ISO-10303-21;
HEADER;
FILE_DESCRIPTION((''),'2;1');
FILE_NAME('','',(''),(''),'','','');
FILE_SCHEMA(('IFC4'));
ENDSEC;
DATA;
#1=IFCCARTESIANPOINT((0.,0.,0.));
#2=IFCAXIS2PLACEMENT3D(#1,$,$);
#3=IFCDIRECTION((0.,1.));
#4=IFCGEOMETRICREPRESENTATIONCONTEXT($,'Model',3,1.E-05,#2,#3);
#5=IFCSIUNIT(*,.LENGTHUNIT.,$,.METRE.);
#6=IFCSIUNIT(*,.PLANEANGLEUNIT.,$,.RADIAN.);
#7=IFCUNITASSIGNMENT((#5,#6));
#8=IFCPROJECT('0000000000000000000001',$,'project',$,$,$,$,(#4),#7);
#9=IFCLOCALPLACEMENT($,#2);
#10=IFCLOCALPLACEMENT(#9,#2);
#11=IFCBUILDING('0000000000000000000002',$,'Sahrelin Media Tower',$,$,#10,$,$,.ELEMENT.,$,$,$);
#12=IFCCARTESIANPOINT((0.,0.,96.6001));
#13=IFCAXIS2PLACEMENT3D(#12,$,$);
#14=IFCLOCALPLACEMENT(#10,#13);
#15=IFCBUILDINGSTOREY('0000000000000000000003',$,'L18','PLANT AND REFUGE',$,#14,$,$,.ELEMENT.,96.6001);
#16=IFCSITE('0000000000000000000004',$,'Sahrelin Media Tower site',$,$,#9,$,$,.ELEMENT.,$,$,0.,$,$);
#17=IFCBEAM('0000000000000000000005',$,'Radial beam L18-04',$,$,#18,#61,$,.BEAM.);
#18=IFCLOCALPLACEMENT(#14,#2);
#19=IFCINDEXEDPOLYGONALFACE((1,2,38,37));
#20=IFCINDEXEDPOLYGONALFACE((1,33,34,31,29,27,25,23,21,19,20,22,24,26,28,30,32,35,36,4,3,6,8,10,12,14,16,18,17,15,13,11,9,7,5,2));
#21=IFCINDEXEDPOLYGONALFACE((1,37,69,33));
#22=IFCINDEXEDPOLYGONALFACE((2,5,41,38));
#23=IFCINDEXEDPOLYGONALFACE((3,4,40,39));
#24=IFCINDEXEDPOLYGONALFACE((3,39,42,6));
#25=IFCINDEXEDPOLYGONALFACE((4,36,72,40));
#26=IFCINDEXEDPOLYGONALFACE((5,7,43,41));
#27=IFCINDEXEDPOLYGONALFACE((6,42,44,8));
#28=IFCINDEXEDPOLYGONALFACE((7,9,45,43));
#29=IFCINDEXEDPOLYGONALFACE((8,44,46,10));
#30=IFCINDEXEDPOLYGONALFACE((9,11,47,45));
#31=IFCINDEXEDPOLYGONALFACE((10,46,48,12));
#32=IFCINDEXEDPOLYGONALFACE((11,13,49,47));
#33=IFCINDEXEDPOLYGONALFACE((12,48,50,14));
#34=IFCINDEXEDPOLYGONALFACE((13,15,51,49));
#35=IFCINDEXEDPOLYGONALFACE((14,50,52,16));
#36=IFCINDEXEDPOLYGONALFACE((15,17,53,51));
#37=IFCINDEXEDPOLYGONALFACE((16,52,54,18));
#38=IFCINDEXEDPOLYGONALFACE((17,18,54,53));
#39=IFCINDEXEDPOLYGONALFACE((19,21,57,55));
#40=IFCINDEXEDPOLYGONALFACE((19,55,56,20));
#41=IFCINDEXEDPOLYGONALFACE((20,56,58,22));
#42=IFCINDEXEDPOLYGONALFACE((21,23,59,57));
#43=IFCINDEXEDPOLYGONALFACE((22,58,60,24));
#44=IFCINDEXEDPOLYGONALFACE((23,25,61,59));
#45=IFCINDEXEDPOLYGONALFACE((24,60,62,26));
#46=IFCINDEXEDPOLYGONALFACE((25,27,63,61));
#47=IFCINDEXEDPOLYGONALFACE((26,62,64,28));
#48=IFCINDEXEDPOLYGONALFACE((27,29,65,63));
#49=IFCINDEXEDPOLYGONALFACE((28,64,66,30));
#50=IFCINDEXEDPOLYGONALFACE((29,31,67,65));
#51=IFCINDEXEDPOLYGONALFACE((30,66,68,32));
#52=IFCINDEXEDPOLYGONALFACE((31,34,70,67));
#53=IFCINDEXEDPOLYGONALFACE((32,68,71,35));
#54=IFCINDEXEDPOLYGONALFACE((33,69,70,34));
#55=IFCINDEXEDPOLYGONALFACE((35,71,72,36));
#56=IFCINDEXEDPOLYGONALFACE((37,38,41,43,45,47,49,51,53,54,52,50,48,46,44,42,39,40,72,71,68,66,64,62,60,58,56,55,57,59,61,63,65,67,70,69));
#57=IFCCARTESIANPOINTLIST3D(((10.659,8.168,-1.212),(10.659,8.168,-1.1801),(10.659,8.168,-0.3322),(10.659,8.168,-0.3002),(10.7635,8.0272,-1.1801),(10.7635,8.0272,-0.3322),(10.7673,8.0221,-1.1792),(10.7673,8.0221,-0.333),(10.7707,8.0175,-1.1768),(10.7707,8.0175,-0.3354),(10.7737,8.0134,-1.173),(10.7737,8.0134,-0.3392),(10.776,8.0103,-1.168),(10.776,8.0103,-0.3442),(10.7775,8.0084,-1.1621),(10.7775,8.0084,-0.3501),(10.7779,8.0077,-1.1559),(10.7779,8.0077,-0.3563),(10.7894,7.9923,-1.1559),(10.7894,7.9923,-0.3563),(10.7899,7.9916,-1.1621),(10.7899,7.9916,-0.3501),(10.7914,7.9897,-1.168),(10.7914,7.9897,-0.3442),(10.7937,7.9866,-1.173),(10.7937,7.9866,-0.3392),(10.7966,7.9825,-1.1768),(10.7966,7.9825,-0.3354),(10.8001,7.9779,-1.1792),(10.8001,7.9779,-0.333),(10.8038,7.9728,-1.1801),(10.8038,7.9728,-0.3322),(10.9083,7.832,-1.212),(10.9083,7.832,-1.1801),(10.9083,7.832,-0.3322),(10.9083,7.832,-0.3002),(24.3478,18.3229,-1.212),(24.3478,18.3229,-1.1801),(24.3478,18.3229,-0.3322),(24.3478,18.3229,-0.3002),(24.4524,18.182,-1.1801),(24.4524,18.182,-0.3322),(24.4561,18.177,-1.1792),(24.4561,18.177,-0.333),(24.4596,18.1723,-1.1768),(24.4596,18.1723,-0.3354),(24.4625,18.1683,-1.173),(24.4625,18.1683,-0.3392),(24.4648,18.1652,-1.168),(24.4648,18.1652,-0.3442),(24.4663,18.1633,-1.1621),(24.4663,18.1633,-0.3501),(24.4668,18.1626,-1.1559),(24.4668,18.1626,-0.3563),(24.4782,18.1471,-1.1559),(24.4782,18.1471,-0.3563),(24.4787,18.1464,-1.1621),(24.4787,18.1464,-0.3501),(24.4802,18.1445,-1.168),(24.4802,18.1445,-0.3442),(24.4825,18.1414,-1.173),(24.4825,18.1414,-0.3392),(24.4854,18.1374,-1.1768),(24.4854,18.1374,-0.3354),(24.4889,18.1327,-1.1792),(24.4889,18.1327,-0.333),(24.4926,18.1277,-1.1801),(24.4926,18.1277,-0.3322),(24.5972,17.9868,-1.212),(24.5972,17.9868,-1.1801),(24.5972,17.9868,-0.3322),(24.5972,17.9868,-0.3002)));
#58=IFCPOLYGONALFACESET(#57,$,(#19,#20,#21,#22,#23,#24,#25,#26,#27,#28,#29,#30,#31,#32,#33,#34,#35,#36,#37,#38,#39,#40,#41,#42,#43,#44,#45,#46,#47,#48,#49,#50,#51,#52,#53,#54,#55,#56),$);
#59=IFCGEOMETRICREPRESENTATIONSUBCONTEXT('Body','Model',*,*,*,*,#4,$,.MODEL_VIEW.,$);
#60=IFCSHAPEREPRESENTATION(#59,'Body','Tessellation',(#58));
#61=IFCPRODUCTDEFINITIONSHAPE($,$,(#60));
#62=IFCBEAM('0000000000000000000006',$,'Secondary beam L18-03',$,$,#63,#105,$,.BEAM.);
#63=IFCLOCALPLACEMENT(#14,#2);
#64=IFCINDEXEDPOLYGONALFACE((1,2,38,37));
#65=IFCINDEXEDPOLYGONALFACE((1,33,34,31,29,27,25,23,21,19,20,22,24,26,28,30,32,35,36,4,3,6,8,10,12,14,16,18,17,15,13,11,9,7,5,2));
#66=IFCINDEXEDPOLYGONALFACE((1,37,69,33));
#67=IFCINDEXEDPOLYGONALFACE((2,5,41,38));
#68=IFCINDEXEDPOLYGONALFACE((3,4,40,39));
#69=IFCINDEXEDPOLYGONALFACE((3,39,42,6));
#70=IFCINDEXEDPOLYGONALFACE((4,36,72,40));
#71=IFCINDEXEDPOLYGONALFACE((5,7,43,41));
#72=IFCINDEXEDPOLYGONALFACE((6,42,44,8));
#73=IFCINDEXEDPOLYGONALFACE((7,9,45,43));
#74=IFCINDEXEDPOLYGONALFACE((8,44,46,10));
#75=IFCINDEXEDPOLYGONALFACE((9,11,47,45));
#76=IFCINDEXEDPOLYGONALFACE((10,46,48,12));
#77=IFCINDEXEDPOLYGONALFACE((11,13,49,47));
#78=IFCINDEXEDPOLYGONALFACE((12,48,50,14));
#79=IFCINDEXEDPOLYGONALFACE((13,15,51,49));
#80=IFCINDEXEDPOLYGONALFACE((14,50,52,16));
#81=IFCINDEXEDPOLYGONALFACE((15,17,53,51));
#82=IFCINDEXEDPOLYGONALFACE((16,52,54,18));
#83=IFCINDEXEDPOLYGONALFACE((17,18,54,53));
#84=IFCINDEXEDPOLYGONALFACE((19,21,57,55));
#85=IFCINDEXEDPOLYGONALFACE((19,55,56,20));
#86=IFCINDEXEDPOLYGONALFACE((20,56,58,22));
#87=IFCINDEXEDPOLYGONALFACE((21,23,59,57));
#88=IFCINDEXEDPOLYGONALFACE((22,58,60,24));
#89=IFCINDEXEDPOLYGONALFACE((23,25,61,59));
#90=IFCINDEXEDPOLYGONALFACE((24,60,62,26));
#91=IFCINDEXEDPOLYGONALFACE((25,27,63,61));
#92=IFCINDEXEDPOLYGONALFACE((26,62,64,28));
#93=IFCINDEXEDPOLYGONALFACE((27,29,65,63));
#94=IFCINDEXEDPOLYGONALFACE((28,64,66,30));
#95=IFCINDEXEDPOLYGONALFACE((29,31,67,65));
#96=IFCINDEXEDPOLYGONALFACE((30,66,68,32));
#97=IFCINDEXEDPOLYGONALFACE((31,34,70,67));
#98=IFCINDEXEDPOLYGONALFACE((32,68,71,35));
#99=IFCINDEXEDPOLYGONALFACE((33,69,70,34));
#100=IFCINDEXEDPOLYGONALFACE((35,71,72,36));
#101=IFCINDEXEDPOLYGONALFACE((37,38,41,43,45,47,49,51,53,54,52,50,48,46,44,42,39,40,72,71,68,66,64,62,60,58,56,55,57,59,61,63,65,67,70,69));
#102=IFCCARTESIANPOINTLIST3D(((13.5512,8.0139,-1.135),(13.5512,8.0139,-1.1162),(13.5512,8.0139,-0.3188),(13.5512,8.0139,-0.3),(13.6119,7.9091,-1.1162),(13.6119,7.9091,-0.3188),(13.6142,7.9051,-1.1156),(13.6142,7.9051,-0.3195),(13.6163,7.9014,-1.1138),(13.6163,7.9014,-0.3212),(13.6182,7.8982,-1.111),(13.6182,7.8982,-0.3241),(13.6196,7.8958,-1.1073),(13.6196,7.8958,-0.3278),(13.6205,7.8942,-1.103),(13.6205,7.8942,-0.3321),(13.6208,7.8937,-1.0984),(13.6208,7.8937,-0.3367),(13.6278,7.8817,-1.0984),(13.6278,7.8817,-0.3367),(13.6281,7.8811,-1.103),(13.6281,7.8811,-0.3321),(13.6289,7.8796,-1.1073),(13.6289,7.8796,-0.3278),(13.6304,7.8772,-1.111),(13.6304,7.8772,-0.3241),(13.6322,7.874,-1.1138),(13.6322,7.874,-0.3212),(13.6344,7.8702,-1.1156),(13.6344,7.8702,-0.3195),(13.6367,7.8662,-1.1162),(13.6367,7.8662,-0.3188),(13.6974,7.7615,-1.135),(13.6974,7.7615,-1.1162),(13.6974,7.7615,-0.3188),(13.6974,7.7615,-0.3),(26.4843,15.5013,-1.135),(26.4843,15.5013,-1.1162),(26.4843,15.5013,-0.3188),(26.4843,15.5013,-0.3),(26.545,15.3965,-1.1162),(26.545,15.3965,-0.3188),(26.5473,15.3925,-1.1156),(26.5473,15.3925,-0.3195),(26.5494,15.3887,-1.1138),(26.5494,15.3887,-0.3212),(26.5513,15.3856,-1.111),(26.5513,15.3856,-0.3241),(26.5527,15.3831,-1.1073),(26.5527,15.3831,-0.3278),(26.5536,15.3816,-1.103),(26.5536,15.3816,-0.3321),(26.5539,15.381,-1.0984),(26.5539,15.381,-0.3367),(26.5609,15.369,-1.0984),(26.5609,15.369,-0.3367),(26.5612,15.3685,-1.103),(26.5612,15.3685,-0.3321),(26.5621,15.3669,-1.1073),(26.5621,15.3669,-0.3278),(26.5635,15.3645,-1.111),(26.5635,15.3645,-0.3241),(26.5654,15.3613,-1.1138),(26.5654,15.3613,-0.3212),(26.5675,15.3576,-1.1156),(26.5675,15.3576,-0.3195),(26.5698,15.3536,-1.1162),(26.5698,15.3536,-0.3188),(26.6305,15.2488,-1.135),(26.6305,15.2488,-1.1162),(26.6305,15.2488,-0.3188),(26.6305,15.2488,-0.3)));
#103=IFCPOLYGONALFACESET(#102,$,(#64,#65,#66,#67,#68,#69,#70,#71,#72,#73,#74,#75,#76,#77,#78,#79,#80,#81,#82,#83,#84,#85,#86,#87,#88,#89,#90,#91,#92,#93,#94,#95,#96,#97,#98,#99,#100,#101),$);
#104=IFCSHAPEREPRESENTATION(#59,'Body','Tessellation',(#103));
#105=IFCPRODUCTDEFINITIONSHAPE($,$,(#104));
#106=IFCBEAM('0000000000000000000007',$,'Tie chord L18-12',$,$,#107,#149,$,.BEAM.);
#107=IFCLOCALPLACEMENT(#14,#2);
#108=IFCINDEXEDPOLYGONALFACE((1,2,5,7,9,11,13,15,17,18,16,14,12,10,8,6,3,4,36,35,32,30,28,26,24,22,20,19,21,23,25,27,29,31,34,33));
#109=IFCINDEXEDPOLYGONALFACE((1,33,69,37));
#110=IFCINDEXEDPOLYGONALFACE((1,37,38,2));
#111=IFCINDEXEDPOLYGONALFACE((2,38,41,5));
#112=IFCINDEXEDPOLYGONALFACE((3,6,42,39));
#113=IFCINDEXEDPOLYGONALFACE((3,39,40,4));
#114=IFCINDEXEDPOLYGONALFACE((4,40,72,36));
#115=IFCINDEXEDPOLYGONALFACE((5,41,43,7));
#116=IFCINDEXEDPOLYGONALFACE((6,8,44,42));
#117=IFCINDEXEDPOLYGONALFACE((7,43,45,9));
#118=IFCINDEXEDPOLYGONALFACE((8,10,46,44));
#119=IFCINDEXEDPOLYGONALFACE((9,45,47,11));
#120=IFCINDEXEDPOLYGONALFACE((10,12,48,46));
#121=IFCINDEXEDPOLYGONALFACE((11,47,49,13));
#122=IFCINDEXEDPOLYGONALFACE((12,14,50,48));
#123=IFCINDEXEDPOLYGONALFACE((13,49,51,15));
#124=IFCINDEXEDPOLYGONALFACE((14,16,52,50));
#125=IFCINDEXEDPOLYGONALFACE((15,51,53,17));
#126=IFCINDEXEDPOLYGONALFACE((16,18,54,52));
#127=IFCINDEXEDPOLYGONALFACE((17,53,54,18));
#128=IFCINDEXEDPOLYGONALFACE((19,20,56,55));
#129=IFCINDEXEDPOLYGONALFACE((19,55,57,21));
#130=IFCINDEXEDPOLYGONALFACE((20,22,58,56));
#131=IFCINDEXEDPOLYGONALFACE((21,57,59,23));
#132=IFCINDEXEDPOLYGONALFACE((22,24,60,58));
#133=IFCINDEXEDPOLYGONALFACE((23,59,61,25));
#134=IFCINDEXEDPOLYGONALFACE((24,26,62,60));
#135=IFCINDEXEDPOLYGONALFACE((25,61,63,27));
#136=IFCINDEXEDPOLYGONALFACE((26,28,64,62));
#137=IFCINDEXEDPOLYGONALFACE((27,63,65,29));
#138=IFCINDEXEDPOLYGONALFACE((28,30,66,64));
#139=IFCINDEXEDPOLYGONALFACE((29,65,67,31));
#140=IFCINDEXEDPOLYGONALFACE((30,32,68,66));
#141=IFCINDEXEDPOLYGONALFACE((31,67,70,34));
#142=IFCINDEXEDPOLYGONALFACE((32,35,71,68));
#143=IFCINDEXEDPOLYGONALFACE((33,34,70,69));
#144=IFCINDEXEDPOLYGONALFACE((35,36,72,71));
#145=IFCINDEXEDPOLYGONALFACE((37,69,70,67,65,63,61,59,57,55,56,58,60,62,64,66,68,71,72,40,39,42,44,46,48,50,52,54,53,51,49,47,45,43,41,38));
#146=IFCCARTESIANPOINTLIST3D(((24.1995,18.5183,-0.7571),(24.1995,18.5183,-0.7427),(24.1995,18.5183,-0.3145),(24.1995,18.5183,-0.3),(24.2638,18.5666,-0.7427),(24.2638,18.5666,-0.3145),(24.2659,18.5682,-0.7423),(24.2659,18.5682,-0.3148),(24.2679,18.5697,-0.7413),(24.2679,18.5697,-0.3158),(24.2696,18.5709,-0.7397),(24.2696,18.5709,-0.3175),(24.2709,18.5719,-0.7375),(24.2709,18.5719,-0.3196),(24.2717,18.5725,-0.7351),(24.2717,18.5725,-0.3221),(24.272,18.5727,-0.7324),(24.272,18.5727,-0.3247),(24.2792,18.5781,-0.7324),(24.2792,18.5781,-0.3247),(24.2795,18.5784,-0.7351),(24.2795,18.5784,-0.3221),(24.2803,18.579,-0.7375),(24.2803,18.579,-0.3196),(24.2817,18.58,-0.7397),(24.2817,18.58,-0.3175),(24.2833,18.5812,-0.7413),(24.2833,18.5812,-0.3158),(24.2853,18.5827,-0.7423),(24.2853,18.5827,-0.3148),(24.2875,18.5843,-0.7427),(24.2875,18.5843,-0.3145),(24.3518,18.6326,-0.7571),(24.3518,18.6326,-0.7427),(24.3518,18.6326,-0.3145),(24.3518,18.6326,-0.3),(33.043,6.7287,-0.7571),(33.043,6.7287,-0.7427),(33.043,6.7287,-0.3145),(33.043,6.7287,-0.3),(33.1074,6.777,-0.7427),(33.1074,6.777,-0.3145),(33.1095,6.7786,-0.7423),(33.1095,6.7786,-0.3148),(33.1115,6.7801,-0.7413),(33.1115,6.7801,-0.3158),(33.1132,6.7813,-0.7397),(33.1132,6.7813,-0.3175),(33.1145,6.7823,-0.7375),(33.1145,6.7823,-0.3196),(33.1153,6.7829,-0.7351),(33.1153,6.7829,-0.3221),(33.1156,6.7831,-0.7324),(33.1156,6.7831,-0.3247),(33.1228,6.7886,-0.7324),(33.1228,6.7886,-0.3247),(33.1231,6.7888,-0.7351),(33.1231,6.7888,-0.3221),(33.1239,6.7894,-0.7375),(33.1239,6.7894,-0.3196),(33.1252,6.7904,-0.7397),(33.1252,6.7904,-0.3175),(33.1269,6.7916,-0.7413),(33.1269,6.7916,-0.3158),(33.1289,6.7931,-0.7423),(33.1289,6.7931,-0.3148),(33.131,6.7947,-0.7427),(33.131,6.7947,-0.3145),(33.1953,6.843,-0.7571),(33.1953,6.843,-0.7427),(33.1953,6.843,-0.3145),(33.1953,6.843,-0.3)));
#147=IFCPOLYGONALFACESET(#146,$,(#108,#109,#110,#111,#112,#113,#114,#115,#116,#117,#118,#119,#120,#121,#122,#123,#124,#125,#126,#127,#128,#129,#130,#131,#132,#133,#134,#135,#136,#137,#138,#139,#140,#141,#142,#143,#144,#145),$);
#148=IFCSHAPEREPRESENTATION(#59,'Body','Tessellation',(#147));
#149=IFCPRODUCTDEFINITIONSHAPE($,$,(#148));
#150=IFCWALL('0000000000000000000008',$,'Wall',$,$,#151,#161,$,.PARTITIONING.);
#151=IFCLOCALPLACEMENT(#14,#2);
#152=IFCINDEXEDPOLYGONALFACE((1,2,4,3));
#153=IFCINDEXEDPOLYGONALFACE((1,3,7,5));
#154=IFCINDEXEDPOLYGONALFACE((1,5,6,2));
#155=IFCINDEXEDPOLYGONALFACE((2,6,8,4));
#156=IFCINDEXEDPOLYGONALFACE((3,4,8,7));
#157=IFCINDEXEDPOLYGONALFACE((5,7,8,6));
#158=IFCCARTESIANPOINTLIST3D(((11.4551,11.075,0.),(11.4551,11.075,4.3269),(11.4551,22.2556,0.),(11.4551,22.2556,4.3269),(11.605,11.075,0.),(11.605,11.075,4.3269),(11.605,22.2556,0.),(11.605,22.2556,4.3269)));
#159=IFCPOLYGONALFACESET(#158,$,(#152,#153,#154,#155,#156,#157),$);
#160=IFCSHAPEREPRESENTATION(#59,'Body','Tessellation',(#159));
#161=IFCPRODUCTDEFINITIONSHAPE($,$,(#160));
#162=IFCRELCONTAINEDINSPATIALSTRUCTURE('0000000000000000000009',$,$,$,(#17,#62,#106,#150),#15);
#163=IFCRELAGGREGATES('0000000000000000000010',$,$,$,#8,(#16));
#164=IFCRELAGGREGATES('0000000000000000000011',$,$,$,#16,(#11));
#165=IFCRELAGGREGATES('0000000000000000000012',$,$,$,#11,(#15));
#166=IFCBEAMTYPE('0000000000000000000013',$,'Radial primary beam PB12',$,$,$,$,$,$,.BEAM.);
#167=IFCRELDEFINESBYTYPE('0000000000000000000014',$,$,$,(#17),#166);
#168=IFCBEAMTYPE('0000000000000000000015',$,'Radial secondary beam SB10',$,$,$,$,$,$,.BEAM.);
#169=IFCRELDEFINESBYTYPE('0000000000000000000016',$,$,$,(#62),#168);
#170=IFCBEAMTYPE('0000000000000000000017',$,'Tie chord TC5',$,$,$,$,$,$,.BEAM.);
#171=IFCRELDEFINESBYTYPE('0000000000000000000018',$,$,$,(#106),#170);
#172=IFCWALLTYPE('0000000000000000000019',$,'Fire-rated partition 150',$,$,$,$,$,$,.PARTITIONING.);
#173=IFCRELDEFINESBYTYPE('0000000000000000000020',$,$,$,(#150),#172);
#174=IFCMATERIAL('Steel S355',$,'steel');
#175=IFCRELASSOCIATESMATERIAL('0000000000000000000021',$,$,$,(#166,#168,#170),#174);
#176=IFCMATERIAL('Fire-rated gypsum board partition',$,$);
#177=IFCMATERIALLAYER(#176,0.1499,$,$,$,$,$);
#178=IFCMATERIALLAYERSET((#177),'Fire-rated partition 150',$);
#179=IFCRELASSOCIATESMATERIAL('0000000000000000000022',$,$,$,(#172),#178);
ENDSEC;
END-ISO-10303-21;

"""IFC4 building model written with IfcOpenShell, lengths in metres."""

from ifc_helpers import new_model, si_unit, direction, frame, frame_2d, origin, origin_2d, place, context, subcontext, project, spatial, rectangle, i_section, extrude, material, layer, layer_set, material_profile, profile_set, type_object, element, save


model = new_model("IFC4")

# Units and contexts
model_context = context("Model", 3, precision=1e-05, world=origin(), true_north=direction((0.0, 1.0)))
body_context = subcontext(model_context, "Body", "Model", "MODEL_VIEW")
ifc_project = project(units=[si_unit("LENGTHUNIT", "METRE"), si_unit("PLANEANGLEUNIT", "RADIAN")], contexts=[model_context])

# Site, building, storey
site_placement = place(None, origin())
site = spatial("IfcSite", under=ifc_project, at=site_placement, Name="Sahrelin Media Tower site", CompositionType="ELEMENT", RefElevation=0.0)
building_placement = place(site_placement, origin())
building = spatial("IfcBuilding", under=site, at=building_placement, Name="Sahrelin Media Tower", CompositionType="ELEMENT")
storey_placement = place(building_placement, frame((0.0, 0.0, 96.6001)))
storey = spatial("IfcBuildingStorey", under=building, at=storey_placement, Name="L18", Description="PLANT AND REFUGE", CompositionType="ELEMENT", Elevation=96.6001)

# Beams
ifc_material_1 = material(Name="Steel S355", Category="steel")
ifc_material_profile_1 = material_profile(ifc_material_1, i_section(OverallWidth=0.4185, OverallDepth=0.9119, WebThickness=0.0193, FlangeThickness=0.032, FilletRadius=0.0242, at=origin_2d()), Name="UB 914x419x343")
ifc_profile_set_1 = profile_set([ifc_material_profile_1], Name="Steel S355")
beam_type_1 = type_object("IfcBeamType", Name="Radial primary beam PB12", PredefinedType="BEAM", material=ifc_profile_set_1)
beam_1_placement = place(storey_placement, frame((10.7837, 8.0, -0.7561), z_axis=(0.803136, 0.595795, 0.0), x_axis=(-0.595795, 0.803136, 0.0)))
element("IfcBeam", 1, at=beam_1_placement, inside=storey, type_object=beam_type_1, Name="Radial beam L18-04", PredefinedType="BEAM", context=body_context, shape_type="SweptSolid", body=[
    extrude(i_section(OverallWidth=0.4185, OverallDepth=0.9119, WebThickness=0.0193, FlangeThickness=0.032, FilletRadius=0.0242, at=origin_2d()), origin(), (0.0, 0.0, 1.0), 17.0442),
])
ifc_material_profile_2 = material_profile(ifc_material_1, i_section(OverallWidth=0.2917, OverallDepth=0.835, WebThickness=0.0139, FlangeThickness=0.0188, FilletRadius=0.0178, at=origin_2d()), Name="UB 838x292x176")
ifc_profile_set_2 = profile_set([ifc_material_profile_2], Name="Steel S355")
beam_type_2 = type_object("IfcBeamType", Name="Radial secondary beam SB10", PredefinedType="BEAM", material=ifc_profile_set_2)
beam_2_placement = place(storey_placement, frame((13.6243, 7.8877, -0.7175), z_axis=(0.865434, 0.501022, 0.0), x_axis=(-0.501022, 0.865434, 0.0)))
element("IfcBeam", 2, at=beam_2_placement, inside=storey, type_object=beam_type_2, Name="Secondary beam L18-03", PredefinedType="BEAM", context=body_context, shape_type="SweptSolid", body=[
    extrude(i_section(OverallWidth=0.2917, OverallDepth=0.835, WebThickness=0.0139, FlangeThickness=0.0188, FilletRadius=0.0178, at=origin_2d()), origin(), (0.0, 0.0, 1.0), 14.9441),
])
ifc_material_profile_3 = material_profile(ifc_material_1, i_section(OverallWidth=0.1904, OverallDepth=0.457, WebThickness=0.009, FlangeThickness=0.0144, FilletRadius=0.0103, at=origin_2d()), Name="UB 457x191x74")
ifc_profile_set_3 = profile_set([ifc_material_profile_3], Name="Steel S355")
beam_type_3 = type_object("IfcBeamType", Name="Tie chord TC5", PredefinedType="BEAM", material=ifc_profile_set_3)
beam_3_placement = place(storey_placement, frame((24.2756, 18.5754, -0.5286), z_axis=(0.600058, -0.799956, 0.0), x_axis=(0.799956, 0.600058, 0.0)))
element("IfcBeam", 3, at=beam_3_placement, inside=storey, type_object=beam_type_3, Name="Tie chord L18-12", PredefinedType="BEAM", context=body_context, shape_type="SweptSolid", body=[
    extrude(i_section(OverallWidth=0.1904, OverallDepth=0.457, WebThickness=0.009, FlangeThickness=0.0144, FilletRadius=0.0103, at=origin_2d()), origin(), (0.0, 0.0, 1.0), 14.7378),
])

# Wall
ifc_material_2 = material(Name="Fire-rated gypsum board partition")
ifc_layer = layer(ifc_material_2, 0.1499)
ifc_layer_set = layer_set([ifc_layer], Name="Fire-rated partition 150")
wall_type = type_object("IfcWallType", Name="Fire-rated partition 150", PredefinedType="PARTITIONING", material=ifc_layer_set)
wall_placement = place(storey_placement, frame((11.53, 11.075, 0.0), z_axis=(0.0, 0.0, 1.0), x_axis=(0.0, 1.0, 0.0)))
element("IfcWall", 4, at=wall_placement, inside=storey, type_object=wall_type, Name="Wall", PredefinedType="PARTITIONING", context=body_context, shape_type="SweptSolid", body=[
    extrude(rectangle(XDim=11.1807, YDim=0.1499, at=frame_2d((5.5903, 0.0))), origin(), (0.0, 0.0, 1.0), 4.3269),
])

save(model, "model.ifc")
